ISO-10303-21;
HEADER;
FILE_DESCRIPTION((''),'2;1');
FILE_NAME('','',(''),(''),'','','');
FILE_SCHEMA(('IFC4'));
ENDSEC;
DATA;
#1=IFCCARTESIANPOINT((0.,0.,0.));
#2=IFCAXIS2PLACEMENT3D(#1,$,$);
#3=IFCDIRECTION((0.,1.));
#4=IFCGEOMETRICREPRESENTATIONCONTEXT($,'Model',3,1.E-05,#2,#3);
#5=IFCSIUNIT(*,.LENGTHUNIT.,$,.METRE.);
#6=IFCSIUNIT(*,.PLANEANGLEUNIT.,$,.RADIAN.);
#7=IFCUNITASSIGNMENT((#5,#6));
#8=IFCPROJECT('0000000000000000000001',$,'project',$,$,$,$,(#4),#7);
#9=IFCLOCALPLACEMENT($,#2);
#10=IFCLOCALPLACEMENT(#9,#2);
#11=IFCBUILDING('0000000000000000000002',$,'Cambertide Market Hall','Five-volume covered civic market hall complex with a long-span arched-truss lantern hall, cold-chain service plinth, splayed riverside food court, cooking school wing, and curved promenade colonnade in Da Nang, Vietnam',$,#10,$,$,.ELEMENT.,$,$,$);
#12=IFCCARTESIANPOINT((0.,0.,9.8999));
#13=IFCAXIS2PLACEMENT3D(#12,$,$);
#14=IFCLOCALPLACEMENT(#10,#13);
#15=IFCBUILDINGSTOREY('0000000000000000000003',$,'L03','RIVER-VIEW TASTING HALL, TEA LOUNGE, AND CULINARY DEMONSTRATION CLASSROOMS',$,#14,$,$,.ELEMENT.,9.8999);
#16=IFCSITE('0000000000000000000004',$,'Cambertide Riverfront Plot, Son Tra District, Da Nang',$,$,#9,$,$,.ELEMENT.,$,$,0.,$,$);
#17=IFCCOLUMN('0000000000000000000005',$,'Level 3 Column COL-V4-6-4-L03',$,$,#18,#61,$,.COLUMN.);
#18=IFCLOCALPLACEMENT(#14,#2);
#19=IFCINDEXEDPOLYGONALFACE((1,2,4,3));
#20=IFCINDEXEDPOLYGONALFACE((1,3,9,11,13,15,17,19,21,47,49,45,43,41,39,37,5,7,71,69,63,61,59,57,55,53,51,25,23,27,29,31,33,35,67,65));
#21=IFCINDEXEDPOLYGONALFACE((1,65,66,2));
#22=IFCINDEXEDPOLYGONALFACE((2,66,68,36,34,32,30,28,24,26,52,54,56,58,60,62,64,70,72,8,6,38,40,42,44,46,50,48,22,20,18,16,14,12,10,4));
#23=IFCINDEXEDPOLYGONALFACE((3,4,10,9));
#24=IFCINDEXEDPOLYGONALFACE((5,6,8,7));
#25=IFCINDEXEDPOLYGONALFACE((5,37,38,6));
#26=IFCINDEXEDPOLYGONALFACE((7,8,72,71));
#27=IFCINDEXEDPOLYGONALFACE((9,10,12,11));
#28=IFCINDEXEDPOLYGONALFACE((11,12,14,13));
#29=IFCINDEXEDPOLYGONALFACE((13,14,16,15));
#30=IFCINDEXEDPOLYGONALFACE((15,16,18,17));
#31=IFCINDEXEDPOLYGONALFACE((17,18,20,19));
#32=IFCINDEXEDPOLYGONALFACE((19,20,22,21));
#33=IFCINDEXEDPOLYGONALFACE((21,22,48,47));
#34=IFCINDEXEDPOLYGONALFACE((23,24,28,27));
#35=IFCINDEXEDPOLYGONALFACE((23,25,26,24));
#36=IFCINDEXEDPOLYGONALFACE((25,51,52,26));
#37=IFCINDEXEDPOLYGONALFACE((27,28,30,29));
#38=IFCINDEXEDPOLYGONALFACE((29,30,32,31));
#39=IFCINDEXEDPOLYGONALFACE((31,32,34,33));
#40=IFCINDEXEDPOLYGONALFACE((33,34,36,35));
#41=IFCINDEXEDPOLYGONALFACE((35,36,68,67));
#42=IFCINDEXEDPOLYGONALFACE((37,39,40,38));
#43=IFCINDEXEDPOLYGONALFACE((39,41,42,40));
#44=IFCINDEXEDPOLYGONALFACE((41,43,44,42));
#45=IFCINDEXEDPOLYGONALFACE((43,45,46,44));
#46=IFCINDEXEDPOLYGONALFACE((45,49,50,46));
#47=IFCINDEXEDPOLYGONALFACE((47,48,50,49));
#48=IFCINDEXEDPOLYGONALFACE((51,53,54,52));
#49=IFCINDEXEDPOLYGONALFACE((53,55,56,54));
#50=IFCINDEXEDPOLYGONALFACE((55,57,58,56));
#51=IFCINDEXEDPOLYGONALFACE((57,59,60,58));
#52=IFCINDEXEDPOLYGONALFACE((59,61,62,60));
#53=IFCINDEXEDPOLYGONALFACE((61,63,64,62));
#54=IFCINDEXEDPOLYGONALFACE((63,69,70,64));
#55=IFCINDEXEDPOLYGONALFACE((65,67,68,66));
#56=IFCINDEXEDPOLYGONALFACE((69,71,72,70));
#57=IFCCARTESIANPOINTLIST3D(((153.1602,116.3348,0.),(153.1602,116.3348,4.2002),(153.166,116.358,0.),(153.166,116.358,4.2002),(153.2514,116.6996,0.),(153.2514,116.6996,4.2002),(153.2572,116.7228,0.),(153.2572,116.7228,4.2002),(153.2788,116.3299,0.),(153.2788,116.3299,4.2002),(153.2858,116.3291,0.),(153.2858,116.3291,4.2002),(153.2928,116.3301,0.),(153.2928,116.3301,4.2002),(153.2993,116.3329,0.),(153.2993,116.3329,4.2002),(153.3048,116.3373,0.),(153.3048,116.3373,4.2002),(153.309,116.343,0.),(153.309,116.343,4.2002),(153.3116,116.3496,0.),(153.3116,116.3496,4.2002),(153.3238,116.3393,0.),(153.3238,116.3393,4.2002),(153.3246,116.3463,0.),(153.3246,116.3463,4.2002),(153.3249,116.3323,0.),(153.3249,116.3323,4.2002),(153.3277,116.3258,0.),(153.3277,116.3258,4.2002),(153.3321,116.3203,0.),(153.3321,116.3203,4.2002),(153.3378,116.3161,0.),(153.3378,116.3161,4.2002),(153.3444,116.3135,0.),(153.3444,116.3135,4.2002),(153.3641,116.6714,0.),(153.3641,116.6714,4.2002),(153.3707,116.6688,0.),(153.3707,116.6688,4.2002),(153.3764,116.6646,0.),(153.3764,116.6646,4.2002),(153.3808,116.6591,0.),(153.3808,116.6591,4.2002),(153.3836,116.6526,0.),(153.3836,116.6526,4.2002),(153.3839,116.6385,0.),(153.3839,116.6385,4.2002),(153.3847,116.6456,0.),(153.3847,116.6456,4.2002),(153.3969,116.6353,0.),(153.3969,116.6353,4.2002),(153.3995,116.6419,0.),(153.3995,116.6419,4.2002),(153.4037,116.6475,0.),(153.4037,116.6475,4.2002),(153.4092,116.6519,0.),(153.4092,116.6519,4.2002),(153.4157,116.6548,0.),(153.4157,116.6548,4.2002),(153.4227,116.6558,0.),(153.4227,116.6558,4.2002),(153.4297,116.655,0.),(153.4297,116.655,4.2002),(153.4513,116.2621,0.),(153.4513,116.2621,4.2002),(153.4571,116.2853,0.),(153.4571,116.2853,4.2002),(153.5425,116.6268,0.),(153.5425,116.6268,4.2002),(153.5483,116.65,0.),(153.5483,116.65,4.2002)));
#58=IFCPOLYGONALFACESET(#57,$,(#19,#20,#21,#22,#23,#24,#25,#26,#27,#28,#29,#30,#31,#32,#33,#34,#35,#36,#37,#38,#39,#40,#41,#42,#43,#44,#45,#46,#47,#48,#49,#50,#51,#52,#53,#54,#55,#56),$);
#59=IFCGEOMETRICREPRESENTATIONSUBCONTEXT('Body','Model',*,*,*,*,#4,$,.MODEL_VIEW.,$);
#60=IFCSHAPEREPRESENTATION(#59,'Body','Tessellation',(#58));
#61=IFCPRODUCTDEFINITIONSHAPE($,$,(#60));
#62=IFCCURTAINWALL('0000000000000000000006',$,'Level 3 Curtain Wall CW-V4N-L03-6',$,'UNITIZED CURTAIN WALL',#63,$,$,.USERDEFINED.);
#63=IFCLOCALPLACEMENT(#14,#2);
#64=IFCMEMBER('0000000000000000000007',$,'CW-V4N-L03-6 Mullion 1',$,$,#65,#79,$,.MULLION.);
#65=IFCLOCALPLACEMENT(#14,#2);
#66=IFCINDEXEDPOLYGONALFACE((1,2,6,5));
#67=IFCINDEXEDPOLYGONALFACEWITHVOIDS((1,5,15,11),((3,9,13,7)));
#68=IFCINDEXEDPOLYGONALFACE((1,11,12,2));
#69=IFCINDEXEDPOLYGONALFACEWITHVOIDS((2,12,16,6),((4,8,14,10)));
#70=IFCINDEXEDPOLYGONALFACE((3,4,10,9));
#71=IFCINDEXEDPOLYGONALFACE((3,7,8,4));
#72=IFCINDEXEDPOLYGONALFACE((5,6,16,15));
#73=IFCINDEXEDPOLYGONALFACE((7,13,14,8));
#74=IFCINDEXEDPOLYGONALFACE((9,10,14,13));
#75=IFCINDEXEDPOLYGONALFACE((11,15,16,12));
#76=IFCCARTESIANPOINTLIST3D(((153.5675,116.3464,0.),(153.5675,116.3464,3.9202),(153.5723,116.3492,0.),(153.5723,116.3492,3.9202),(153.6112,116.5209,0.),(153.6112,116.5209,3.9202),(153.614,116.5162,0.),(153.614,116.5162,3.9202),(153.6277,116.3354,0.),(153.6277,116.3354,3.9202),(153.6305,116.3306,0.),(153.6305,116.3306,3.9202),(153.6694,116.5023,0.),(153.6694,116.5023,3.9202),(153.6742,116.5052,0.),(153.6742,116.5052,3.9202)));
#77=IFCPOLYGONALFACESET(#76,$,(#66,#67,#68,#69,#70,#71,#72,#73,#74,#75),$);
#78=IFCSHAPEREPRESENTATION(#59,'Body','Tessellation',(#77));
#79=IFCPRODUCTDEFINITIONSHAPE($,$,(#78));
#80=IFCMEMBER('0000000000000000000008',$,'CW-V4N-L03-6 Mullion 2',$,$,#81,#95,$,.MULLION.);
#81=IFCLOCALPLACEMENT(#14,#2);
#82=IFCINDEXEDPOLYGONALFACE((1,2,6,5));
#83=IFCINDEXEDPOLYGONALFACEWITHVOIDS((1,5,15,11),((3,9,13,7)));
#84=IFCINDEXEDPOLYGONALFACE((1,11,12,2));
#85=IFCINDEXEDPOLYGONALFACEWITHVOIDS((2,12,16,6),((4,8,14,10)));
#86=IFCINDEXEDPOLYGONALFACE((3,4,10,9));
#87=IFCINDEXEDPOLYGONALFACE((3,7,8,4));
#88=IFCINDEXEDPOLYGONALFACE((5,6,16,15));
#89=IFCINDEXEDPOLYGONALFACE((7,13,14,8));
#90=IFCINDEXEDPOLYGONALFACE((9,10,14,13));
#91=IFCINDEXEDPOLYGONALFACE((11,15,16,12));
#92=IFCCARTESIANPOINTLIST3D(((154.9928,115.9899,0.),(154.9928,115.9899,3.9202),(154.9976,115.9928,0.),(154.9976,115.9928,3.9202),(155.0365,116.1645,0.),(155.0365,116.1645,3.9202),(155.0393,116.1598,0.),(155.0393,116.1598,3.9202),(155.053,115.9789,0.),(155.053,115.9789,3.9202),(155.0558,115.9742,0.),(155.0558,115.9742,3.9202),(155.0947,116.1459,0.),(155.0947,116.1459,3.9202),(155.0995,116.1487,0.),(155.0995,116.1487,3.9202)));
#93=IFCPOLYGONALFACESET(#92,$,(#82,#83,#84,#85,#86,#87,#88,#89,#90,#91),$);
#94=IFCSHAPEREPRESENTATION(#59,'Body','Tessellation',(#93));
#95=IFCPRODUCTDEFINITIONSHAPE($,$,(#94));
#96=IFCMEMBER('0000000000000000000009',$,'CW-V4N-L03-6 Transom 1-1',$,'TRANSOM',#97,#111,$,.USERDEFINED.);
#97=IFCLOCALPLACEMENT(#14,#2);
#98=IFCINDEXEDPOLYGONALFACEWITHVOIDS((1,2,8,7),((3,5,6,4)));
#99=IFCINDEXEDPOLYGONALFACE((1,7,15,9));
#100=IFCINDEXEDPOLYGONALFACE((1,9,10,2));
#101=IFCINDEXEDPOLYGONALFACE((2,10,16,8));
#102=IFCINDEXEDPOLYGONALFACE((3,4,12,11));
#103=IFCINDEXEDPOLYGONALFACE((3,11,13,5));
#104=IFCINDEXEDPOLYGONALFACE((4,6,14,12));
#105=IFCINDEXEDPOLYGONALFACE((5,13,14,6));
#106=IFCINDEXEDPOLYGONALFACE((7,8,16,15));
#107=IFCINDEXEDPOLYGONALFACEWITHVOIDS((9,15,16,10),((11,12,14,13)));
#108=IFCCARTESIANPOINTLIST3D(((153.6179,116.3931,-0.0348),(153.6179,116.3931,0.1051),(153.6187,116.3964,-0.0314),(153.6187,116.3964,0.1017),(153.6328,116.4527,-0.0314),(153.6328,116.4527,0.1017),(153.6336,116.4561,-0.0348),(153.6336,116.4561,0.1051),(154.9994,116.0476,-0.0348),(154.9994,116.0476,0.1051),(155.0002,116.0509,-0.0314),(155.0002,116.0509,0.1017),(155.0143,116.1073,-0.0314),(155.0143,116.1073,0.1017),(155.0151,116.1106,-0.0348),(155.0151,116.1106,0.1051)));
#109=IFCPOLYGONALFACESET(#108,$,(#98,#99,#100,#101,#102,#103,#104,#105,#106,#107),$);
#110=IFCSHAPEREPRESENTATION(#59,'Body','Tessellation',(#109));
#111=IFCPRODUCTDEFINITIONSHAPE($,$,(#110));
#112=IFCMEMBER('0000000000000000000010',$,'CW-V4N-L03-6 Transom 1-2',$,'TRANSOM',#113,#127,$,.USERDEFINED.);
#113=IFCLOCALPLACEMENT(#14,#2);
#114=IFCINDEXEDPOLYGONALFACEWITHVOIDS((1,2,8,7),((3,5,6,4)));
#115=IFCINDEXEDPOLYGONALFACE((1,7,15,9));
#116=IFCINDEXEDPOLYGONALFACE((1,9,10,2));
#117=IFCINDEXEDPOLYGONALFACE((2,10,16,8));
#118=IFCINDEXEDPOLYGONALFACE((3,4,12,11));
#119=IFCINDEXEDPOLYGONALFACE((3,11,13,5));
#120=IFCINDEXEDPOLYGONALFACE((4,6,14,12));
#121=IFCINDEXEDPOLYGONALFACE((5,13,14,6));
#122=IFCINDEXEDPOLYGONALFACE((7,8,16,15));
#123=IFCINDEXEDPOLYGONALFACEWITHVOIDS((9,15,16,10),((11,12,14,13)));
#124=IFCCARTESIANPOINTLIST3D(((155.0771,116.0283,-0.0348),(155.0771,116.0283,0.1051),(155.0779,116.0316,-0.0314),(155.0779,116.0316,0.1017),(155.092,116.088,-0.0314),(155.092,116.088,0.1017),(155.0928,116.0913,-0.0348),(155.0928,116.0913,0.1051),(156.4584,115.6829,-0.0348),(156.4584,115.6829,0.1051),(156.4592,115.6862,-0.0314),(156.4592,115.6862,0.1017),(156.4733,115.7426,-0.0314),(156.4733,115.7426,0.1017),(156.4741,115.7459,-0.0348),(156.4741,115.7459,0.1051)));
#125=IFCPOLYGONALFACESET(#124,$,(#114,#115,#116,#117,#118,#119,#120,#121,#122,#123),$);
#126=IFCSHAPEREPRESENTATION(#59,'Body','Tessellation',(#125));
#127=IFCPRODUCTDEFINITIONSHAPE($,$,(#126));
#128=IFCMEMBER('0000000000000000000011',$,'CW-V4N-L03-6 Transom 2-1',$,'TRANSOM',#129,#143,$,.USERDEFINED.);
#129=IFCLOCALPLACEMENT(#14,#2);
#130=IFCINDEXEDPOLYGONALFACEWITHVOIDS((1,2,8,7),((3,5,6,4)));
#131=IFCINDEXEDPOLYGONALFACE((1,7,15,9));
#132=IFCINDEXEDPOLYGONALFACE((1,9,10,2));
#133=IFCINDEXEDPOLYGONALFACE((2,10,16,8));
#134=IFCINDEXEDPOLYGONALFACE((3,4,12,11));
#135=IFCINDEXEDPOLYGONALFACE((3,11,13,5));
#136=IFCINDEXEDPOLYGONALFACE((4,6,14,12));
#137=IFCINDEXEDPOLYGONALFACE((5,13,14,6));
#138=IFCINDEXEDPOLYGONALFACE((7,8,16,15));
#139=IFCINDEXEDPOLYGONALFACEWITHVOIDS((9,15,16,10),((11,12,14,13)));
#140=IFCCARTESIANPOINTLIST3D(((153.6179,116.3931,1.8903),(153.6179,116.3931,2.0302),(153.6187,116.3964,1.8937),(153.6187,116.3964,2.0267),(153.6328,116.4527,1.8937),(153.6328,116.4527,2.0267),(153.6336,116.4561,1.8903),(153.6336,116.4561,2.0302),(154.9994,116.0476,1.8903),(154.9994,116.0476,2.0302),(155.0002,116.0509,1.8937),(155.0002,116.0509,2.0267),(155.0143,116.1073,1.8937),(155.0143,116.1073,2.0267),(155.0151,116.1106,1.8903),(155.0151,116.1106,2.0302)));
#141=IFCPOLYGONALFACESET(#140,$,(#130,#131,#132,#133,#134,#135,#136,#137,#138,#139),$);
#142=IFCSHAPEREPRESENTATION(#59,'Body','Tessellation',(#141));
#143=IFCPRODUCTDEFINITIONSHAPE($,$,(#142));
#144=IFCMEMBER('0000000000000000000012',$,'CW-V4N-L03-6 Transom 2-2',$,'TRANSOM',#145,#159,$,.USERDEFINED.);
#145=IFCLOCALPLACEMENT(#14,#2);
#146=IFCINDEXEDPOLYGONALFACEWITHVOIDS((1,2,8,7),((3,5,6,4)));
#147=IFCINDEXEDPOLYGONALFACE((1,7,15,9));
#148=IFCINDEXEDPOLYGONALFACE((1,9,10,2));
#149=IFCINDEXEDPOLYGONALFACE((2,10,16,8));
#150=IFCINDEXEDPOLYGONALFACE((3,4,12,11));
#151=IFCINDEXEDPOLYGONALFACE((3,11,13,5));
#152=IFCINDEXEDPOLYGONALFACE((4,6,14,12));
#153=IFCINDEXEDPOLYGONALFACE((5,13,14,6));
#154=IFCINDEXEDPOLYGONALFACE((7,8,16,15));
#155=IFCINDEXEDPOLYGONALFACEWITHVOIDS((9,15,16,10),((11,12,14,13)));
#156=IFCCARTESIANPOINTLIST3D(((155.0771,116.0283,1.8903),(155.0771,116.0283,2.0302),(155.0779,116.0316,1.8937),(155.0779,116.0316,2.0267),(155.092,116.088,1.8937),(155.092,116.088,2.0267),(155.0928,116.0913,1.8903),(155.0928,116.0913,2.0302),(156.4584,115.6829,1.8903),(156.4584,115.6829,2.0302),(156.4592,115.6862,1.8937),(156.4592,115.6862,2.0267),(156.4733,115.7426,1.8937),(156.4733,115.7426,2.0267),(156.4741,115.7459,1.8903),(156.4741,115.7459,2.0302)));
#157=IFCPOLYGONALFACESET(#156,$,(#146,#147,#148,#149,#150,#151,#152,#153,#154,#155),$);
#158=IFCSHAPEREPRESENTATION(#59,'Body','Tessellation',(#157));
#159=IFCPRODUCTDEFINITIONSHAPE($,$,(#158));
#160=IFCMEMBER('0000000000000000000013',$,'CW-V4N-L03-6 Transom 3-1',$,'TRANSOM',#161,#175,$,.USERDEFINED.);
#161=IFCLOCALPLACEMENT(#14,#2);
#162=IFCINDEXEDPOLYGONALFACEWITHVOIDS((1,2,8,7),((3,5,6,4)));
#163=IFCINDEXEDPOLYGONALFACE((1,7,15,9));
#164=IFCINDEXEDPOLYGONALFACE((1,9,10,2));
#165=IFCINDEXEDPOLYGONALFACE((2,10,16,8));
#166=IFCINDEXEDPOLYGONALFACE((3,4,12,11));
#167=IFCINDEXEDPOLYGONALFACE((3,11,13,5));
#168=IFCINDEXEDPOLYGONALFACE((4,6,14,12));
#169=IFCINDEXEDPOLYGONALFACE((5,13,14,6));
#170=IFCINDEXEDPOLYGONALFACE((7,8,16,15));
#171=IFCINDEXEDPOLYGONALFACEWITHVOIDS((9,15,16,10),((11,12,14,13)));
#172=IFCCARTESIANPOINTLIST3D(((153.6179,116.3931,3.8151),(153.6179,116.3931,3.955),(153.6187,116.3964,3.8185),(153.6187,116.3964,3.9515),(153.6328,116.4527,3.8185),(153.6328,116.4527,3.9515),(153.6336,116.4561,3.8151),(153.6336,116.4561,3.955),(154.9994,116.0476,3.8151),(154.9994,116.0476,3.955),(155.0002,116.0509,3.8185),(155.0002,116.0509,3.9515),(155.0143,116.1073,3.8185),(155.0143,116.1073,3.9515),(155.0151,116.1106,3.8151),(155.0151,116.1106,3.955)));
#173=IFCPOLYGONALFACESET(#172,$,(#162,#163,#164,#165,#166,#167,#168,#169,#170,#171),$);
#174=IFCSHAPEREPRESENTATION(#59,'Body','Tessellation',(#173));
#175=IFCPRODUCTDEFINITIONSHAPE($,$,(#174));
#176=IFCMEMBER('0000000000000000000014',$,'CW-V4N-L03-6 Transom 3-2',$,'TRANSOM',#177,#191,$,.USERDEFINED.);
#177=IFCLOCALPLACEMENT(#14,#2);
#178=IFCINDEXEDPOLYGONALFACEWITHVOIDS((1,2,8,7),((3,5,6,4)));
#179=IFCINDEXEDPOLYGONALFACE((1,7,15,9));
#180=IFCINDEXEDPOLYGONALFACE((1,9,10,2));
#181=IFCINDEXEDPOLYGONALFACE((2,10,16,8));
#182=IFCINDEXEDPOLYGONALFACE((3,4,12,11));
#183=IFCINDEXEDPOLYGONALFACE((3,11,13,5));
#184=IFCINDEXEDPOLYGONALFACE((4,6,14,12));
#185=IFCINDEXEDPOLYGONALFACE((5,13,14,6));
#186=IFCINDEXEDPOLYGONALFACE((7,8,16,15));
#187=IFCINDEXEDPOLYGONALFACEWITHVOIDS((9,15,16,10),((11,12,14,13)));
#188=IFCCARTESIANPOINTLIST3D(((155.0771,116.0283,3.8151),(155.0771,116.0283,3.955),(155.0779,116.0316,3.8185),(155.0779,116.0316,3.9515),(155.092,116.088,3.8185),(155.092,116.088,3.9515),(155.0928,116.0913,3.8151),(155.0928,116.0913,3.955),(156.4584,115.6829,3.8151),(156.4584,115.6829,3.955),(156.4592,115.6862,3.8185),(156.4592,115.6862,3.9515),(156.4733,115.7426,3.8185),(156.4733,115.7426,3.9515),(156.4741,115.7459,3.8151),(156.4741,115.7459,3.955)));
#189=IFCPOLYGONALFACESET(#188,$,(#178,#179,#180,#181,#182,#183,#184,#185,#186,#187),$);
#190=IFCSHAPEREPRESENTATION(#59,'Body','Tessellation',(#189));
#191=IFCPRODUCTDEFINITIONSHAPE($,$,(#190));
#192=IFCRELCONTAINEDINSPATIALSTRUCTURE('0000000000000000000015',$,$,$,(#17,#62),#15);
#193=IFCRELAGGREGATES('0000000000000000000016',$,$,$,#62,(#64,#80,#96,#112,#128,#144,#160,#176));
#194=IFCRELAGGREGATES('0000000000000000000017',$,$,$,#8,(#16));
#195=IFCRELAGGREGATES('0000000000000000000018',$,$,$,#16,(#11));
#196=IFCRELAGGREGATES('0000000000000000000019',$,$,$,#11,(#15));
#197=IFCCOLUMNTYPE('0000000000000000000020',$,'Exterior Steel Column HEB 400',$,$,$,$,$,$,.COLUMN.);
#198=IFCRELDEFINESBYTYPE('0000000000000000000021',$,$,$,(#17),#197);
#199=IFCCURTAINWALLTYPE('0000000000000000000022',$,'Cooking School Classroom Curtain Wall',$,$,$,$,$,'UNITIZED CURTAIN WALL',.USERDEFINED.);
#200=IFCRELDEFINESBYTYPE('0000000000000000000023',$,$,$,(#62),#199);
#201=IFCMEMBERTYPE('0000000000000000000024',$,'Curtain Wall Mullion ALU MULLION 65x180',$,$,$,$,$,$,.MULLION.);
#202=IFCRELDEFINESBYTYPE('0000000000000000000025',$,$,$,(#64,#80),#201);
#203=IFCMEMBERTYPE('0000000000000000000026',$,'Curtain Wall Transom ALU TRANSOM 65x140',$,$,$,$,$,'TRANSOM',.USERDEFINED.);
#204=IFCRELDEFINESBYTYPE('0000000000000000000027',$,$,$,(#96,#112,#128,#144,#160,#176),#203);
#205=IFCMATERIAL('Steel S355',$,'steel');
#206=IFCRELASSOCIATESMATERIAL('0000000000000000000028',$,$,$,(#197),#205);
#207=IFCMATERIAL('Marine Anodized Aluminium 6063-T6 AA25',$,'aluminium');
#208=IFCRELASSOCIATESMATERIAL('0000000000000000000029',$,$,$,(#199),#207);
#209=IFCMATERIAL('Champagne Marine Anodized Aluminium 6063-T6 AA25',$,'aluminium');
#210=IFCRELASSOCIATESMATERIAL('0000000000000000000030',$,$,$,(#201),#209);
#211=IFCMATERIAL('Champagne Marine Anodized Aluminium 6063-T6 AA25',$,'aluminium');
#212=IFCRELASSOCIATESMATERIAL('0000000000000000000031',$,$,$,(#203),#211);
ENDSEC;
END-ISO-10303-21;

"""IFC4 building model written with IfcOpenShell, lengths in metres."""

from ifc_helpers import new_model, si_unit, direction, frame, origin, origin_2d, place, context, subcontext, project, spatial, hollow_rectangle, i_section, extrude, material, material_profile, profile_set, type_object, element, aggregate, save


model = new_model("IFC4")

# Units and contexts
model_context = context("Model", 3, precision=1e-05, world=origin(), true_north=direction((0.0, 1.0)))
body_context = subcontext(model_context, "Body", "Model", "MODEL_VIEW")
ifc_project = project(units=[si_unit("LENGTHUNIT", "METRE"), si_unit("PLANEANGLEUNIT", "RADIAN")], contexts=[model_context])

# Site, building, storey
site_placement = place(None, origin())
site = spatial("IfcSite", under=ifc_project, at=site_placement, Name="Cambertide Riverfront Plot, Son Tra District, Da Nang", CompositionType="ELEMENT", RefElevation=0.0)
building_placement = place(site_placement, origin())
building = spatial("IfcBuilding", under=site, at=building_placement, Name="Cambertide Market Hall", Description="Five-volume covered civic market hall complex with a long-span arched-truss lantern hall, cold-chain service plinth, splayed riverside food court, cooking school wing, and curved promenade colonnade in Da Nang, Vietnam", CompositionType="ELEMENT")
storey_placement = place(building_placement, frame((0.0, 0.0, 9.8999)))
storey = spatial("IfcBuildingStorey", under=building, at=storey_placement, Name="L03", Description="RIVER-VIEW TASTING HALL, TEA LOUNGE, AND CULINARY DEMONSTRATION CLASSROOMS", CompositionType="ELEMENT", Elevation=9.8999)

# Column
ifc_material_1 = material(Name="Steel S355", Category="steel")
ifc_material_profile_1 = material_profile(ifc_material_1, i_section(OverallWidth=0.3, OverallDepth=0.3999, WebThickness=0.0134, FlangeThickness=0.0239, FilletRadius=0.0271, at=origin_2d()), Name="HEB 400")
ifc_profile_set_1 = profile_set([ifc_material_profile_1], Name="Steel S355")
column_type = type_object("IfcColumnType", Name="Exterior Steel Column HEB 400", PredefinedType="COLUMN", material=ifc_profile_set_1)
column_placement = place(storey_placement, frame((153.3542, 116.4924, 0.0), z_axis=(0.0, 0.0, 1.0), x_axis=(0.970143, -0.242536, 0.0)))
element("IfcColumn", 1, at=column_placement, inside=storey, type_object=column_type, Name="Level 3 Column COL-V4-6-4-L03", PredefinedType="COLUMN", context=body_context, shape_type="SweptSolid", body=[
    extrude(i_section(OverallWidth=0.3, OverallDepth=0.3999, WebThickness=0.0134, FlangeThickness=0.0239, FilletRadius=0.0271, at=origin_2d()), origin(), (0.0, 0.0, 1.0), 4.2002),
])

# Curtain wall, members
ifc_material_2 = material(Name="Marine Anodized Aluminium 6063-T6 AA25", Category="aluminium")
curtain_wall_type = type_object("IfcCurtainWallType", Name="Cooking School Classroom Curtain Wall", ElementType="UNITIZED CURTAIN WALL", PredefinedType="USERDEFINED", material=ifc_material_2)
curtain_wall_placement = place(storey_placement, origin())
curtain_wall = element("IfcCurtainWall", 2, at=curtain_wall_placement, inside=storey, type_object=curtain_wall_type, Name="Level 3 Curtain Wall CW-V4N-L03-6", ObjectType="UNITIZED CURTAIN WALL", PredefinedType="USERDEFINED")
ifc_material_3 = material(Name="Champagne Marine Anodized Aluminium 6063-T6 AA25", Category="aluminium")
ifc_material_profile_2 = material_profile(ifc_material_3, hollow_rectangle(XDim=0.0649, YDim=0.1799, WallThickness=0.0039, at=origin_2d()), Name="ALU MULLION 65x180")
ifc_profile_set_2 = profile_set([ifc_material_profile_2], Name="Champagne Marine Anodized Aluminium 6063-T6 AA25")
member_type_1 = type_object("IfcMemberType", Name="Curtain Wall Mullion ALU MULLION 65x180", PredefinedType="MULLION", material=ifc_profile_set_2)
member_1_placement = place(storey_placement, frame((153.6208, 116.4258, 0.0), z_axis=(0.0, 0.0, 1.0), x_axis=(0.970143, -0.242536, 0.0)))
member_1 = element("IfcMember", 3, at=member_1_placement, type_object=member_type_1, Name="CW-V4N-L03-6 Mullion 1", PredefinedType="MULLION", context=body_context, shape_type="SweptSolid", body=[
    extrude(hollow_rectangle(XDim=0.0649, YDim=0.1799, WallThickness=0.0039, at=origin_2d()), origin(), (0.0, 0.0, 1.0), 3.9202),
])
member_2_placement = place(storey_placement, frame((155.0461, 116.0693, 0.0), z_axis=(0.0, 0.0, 1.0), x_axis=(0.970143, -0.242536, 0.0)))
member_2 = element("IfcMember", 4, at=member_2_placement, type_object=member_type_1, Name="CW-V4N-L03-6 Mullion 2", PredefinedType="MULLION", context=body_context, shape_type="SweptSolid", body=[
    extrude(hollow_rectangle(XDim=0.0649, YDim=0.1799, WallThickness=0.0039, at=origin_2d()), origin(), (0.0, 0.0, 1.0), 3.9202),
])
ifc_material_4 = material(Name="Champagne Marine Anodized Aluminium 6063-T6 AA25", Category="aluminium")
ifc_material_profile_3 = material_profile(ifc_material_4, hollow_rectangle(XDim=0.0649, YDim=0.1399, WallThickness=0.0034, at=origin_2d()), Name="ALU TRANSOM 65x140")
ifc_profile_set_3 = profile_set([ifc_material_profile_3], Name="Champagne Marine Anodized Aluminium 6063-T6 AA25")
member_type_2 = type_object("IfcMemberType", Name="Curtain Wall Transom ALU TRANSOM 65x140", ElementType="TRANSOM", PredefinedType="USERDEFINED", material=ifc_profile_set_3)
member_3_placement = place(storey_placement, frame((153.6257, 116.4246, 0.0352), z_axis=(0.970132, -0.242576, 0.0), x_axis=(0.242576, 0.970132, 0.0)))
member_3 = element("IfcMember", 5, at=member_3_placement, type_object=member_type_2, Name="CW-V4N-L03-6 Transom 1-1", ObjectType="TRANSOM", PredefinedType="USERDEFINED", context=body_context, shape_type="SweptSolid", body=[
    extrude(hollow_rectangle(XDim=0.0649, YDim=0.1399, WallThickness=0.0034, at=origin_2d()), origin(), (0.0, 0.0, 1.0), 1.4241),
])
member_4_placement = place(storey_placement, frame((155.085, 116.0598, 0.0352), z_axis=(0.970122, -0.242616, 0.0), x_axis=(0.242616, 0.970122, 0.0)))
member_4 = element("IfcMember", 6, at=member_4_placement, type_object=member_type_2, Name="CW-V4N-L03-6 Transom 1-2", ObjectType="TRANSOM", PredefinedType="USERDEFINED", context=body_context, shape_type="SweptSolid", body=[
    extrude(hollow_rectangle(XDim=0.0649, YDim=0.1399, WallThickness=0.0034, at=origin_2d()), origin(), (0.0, 0.0, 1.0), 1.4238),
])
member_5_placement = place(storey_placement, frame((153.6257, 116.4246, 1.9602), z_axis=(0.970132, -0.242576, 0.0), x_axis=(0.242576, 0.970132, 0.0)))
member_5 = element("IfcMember", 7, at=member_5_placement, type_object=member_type_2, Name="CW-V4N-L03-6 Transom 2-1", ObjectType="TRANSOM", PredefinedType="USERDEFINED", context=body_context, shape_type="SweptSolid", body=[
    extrude(hollow_rectangle(XDim=0.0649, YDim=0.1399, WallThickness=0.0034, at=origin_2d()), origin(), (0.0, 0.0, 1.0), 1.4241),
])
member_6_placement = place(storey_placement, frame((155.085, 116.0598, 1.9602), z_axis=(0.970122, -0.242616, 0.0), x_axis=(0.242616, 0.970122, 0.0)))
member_6 = element("IfcMember", 8, at=member_6_placement, type_object=member_type_2, Name="CW-V4N-L03-6 Transom 2-2", ObjectType="TRANSOM", PredefinedType="USERDEFINED", context=body_context, shape_type="SweptSolid", body=[
    extrude(hollow_rectangle(XDim=0.0649, YDim=0.1399, WallThickness=0.0034, at=origin_2d()), origin(), (0.0, 0.0, 1.0), 1.4238),
])
member_7_placement = place(storey_placement, frame((153.6257, 116.4246, 3.885), z_axis=(0.970132, -0.242576, 0.0), x_axis=(0.242576, 0.970132, 0.0)))
member_7 = element("IfcMember", 9, at=member_7_placement, type_object=member_type_2, Name="CW-V4N-L03-6 Transom 3-1", ObjectType="TRANSOM", PredefinedType="USERDEFINED", context=body_context, shape_type="SweptSolid", body=[
    extrude(hollow_rectangle(XDim=0.0649, YDim=0.1399, WallThickness=0.0034, at=origin_2d()), origin(), (0.0, 0.0, 1.0), 1.4241),
])
member_8_placement = place(storey_placement, frame((155.085, 116.0598, 3.885), z_axis=(0.970122, -0.242616, 0.0), x_axis=(0.242616, 0.970122, 0.0)))
member_8 = element("IfcMember", 10, at=member_8_placement, type_object=member_type_2, Name="CW-V4N-L03-6 Transom 3-2", ObjectType="TRANSOM", PredefinedType="USERDEFINED", context=body_context, shape_type="SweptSolid", body=[
    extrude(hollow_rectangle(XDim=0.0649, YDim=0.1399, WallThickness=0.0034, at=origin_2d()), origin(), (0.0, 0.0, 1.0), 1.4238),
])

aggregate(curtain_wall, [member_1, member_2, member_3, member_4, member_5, member_6, member_7, member_8])

save(model, "model.ifc")
